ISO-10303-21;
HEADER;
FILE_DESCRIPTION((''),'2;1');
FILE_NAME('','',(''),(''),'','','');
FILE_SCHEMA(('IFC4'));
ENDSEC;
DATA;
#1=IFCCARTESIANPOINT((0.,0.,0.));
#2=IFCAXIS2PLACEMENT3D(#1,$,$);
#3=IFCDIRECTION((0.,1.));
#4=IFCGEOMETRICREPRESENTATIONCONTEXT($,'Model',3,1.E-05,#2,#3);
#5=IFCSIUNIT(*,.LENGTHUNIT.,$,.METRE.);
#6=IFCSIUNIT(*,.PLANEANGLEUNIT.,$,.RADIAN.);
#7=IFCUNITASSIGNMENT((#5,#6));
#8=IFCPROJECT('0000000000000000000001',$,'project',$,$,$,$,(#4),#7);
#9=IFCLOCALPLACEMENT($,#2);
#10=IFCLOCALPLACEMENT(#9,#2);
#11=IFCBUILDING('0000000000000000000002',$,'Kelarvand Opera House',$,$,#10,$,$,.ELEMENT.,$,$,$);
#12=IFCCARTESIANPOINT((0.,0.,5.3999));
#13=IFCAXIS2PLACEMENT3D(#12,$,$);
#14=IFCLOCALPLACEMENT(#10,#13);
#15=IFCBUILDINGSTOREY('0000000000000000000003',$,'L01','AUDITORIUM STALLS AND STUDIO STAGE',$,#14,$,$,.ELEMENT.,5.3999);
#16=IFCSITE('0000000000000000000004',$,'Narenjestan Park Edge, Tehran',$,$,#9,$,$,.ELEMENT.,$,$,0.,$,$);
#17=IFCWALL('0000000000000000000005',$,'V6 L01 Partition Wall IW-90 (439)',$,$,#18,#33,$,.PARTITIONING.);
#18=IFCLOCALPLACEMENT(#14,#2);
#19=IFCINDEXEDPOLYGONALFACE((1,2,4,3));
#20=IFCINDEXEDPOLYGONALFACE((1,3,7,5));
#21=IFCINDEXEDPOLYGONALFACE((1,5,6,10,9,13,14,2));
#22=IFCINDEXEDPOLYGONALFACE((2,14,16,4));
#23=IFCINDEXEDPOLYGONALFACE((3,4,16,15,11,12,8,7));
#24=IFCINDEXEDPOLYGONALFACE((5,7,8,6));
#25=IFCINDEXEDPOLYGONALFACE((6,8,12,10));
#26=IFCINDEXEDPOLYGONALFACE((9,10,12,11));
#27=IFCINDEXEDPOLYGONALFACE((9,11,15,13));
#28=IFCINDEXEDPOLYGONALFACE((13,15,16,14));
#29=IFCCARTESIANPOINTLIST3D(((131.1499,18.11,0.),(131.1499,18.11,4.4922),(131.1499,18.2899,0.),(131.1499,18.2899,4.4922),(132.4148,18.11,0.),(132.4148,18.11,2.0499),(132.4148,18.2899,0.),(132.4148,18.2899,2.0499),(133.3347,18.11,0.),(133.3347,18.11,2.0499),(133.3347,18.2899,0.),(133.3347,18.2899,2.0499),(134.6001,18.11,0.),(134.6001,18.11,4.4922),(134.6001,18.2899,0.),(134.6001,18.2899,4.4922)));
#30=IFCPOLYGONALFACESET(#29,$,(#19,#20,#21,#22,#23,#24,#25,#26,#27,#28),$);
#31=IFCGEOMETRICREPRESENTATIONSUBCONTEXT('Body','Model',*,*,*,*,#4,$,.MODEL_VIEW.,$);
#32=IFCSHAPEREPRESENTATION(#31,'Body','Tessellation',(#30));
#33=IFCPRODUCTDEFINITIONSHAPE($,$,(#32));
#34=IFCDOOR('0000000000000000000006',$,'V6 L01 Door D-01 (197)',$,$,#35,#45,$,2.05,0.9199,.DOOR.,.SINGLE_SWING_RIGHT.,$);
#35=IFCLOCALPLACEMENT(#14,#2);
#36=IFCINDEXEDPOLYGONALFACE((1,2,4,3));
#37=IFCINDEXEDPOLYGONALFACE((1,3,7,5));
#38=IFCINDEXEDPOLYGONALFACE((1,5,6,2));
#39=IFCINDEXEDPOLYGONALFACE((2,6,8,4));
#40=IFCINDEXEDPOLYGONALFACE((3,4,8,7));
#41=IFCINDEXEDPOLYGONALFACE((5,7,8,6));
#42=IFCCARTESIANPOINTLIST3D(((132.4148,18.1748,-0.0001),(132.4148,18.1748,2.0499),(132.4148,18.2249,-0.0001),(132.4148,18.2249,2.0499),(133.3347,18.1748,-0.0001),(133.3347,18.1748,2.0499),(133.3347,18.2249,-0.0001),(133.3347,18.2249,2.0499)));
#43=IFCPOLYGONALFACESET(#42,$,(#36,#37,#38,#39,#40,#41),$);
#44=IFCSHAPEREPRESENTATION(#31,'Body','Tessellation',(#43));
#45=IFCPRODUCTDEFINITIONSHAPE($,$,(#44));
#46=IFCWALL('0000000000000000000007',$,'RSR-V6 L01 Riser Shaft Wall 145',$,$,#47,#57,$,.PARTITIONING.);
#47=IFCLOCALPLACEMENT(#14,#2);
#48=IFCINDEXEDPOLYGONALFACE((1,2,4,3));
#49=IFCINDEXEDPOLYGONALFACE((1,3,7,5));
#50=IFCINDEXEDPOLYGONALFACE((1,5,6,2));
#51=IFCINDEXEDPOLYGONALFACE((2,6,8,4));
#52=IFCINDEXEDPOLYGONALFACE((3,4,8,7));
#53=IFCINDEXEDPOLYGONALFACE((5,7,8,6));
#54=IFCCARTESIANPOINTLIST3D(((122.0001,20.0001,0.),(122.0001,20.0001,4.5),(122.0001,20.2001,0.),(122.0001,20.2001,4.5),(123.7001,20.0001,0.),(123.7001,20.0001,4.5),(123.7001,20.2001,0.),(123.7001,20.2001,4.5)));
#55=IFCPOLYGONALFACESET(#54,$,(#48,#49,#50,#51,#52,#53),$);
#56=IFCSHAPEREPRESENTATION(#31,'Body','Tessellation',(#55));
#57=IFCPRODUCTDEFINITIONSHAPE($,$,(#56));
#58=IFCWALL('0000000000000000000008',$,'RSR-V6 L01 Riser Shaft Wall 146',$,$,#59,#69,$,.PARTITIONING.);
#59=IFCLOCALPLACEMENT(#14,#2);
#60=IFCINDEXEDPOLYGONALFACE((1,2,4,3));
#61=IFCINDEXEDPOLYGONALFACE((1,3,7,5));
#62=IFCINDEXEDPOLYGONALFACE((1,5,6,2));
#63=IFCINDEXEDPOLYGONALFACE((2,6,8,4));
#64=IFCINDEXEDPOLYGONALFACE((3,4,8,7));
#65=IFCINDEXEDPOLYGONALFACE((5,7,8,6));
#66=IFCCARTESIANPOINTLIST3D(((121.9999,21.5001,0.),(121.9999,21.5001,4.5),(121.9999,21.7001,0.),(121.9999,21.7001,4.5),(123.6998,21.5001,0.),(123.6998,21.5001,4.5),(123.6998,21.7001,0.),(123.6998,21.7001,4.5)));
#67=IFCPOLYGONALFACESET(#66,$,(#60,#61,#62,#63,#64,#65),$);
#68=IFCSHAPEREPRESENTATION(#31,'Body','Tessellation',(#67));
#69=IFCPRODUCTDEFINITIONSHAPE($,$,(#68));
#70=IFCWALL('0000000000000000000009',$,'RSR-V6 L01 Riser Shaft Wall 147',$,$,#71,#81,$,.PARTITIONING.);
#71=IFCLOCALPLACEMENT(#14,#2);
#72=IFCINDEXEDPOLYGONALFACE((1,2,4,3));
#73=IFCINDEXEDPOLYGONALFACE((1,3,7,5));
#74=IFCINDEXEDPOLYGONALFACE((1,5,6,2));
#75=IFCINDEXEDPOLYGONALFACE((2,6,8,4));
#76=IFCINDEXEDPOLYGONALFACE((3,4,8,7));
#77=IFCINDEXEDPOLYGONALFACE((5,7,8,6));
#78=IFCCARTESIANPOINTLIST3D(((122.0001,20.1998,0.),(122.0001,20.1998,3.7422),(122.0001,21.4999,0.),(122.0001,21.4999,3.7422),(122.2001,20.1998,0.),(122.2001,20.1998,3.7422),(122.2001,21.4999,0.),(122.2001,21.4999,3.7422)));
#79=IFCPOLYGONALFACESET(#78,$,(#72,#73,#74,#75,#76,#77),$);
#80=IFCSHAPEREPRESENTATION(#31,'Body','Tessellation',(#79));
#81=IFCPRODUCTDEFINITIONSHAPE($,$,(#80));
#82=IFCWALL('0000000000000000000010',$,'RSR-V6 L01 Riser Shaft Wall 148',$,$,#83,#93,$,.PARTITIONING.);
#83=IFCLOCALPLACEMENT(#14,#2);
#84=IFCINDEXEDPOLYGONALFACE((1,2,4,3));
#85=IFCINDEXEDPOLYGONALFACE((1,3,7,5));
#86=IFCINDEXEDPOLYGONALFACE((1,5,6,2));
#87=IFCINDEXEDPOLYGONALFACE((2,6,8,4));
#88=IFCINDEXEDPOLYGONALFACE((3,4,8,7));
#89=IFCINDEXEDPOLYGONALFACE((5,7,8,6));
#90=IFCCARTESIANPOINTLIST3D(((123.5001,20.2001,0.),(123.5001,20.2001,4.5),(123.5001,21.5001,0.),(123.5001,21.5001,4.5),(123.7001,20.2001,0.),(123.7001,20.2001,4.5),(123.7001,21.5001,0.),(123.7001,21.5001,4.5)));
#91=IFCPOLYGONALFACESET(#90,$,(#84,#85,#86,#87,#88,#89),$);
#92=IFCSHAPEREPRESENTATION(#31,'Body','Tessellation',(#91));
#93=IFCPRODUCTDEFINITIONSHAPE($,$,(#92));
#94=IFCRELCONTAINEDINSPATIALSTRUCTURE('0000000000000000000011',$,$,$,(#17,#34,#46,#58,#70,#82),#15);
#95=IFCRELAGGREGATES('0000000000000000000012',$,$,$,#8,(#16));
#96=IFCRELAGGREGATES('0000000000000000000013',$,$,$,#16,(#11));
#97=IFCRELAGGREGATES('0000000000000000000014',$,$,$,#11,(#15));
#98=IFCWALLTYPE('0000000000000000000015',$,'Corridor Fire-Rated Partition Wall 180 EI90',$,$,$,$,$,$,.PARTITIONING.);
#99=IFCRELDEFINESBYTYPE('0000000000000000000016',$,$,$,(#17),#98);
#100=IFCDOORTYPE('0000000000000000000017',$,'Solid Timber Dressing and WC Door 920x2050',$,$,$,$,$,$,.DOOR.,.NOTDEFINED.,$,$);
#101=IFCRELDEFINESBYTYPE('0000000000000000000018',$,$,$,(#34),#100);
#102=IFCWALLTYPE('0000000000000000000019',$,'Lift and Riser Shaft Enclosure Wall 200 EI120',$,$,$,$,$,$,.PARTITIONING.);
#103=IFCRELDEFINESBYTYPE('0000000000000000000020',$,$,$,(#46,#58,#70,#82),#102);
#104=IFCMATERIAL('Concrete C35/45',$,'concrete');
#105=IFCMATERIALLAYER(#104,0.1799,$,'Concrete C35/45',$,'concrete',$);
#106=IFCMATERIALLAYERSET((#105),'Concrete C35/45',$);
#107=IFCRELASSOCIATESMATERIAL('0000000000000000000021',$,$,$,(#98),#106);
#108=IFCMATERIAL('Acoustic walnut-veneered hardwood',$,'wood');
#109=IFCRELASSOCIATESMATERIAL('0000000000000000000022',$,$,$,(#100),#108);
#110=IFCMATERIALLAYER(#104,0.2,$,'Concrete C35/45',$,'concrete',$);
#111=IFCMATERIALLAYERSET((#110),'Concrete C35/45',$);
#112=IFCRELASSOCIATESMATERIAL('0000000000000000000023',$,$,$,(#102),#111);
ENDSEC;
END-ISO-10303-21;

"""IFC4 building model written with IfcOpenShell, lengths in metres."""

from ifc_helpers import new_model, si_unit, direction, frame, frame_2d, origin, place, context, subcontext, project, spatial, rectangle, extrude, material, layer, layer_set, type_object, element, fill, save


model = new_model("IFC4")

# Units and contexts
model_context = context("Model", 3, precision=1e-05, world=origin(), true_north=direction((0.0, 1.0)))
body_context = subcontext(model_context, "Body", "Model", "MODEL_VIEW")
ifc_project = project(units=[si_unit("LENGTHUNIT", "METRE"), si_unit("PLANEANGLEUNIT", "RADIAN")], contexts=[model_context])

# Site, building, storey
site_placement = place(None, origin())
site = spatial("IfcSite", under=ifc_project, at=site_placement, Name="Narenjestan Park Edge, Tehran", CompositionType="ELEMENT", RefElevation=0.0)
building_placement = place(site_placement, origin())
building = spatial("IfcBuilding", under=site, at=building_placement, Name="Kelarvand Opera House", CompositionType="ELEMENT")
storey_placement = place(building_placement, frame((0.0, 0.0, 5.3999)))
storey = spatial("IfcBuildingStorey", under=building, at=storey_placement, Name="L01", Description="AUDITORIUM STALLS AND STUDIO STAGE", CompositionType="ELEMENT", Elevation=5.3999)

# Shared definitions
ifc_material_1 = material(Name="Concrete C35/45", Category="concrete")

# Wall, opening, door
ifc_layer_1 = layer(ifc_material_1, 0.1799, Name="Concrete C35/45", Category="concrete")
ifc_layer_set_1 = layer_set([ifc_layer_1], Name="Concrete C35/45")
wall_type_1 = type_object("IfcWallType", Name="Corridor Fire-Rated Partition Wall 180 EI90", PredefinedType="PARTITIONING", material=ifc_layer_set_1)
ifc_material_2 = material(Name="Acoustic walnut-veneered hardwood", Category="wood")
door_type = type_object("IfcDoorType", Name="Solid Timber Dressing and WC Door 920x2050", OperationType="NOTDEFINED", PredefinedType="DOOR", material=ifc_material_2)
wall_1_placement = place(storey_placement, frame((131.1499, 18.2, 0.0), z_axis=(0.0, 0.0, 1.0), x_axis=(1.0, 0.0, 0.0)))
wall_1 = element("IfcWall", 1, at=wall_1_placement, inside=storey, type_object=wall_type_1, Name="V6 L01 Partition Wall IW-90 (439)", PredefinedType="PARTITIONING", context=body_context, shape_type="SweptSolid", body=[
    extrude(rectangle(XDim=3.4502, YDim=0.1799, at=frame_2d((1.7251, 0.0))), origin(), (0.0, 0.0, 1.0), 4.4922),
])
opening_1_placement = place(wall_1_placement, frame((1.2649, 0.0, 0.0)))
opening_1 = element("IfcOpeningElement", 2, at=opening_1_placement, cuts=wall_1, PredefinedType="OPENING", context=body_context, shape_type="SweptSolid", body=[
    extrude(rectangle(XDim=0.9199, YDim=2.05, at=frame_2d((0.46, 1.0249))), frame((0.0, 0.1001, 0.0), z_axis=(0.0, -1.0, 0.0), x_axis=(1.0, 0.0, 0.0)), (0.0, 0.0, 1.0), 0.2),
])
door_1_placement = place(opening_1_placement, origin())
door_1 = element("IfcDoor", 3, at=door_1_placement, inside=storey, type_object=door_type, Name="V6 L01 Door D-01 (197)", OperationType="SINGLE_SWING_RIGHT", OverallHeight=2.05, OverallWidth=0.9199, PredefinedType="DOOR", context=body_context, shape_type="SweptSolid", body=[
    extrude(rectangle(XDim=0.9199, YDim=2.05, at=frame_2d((0.46, 1.0249))), frame((0.0, 0.0249, 0.0), z_axis=(0.0, -1.0, 0.0), x_axis=(1.0, 0.0, 0.0)), (0.0, 0.0, 1.0), 0.05),
])
fill(opening_1, door_1)

# Walls
ifc_layer_2 = layer(ifc_material_1, 0.2, Name="Concrete C35/45", Category="concrete")
ifc_layer_set_2 = layer_set([ifc_layer_2], Name="Concrete C35/45")
wall_type_2 = type_object("IfcWallType", Name="Lift and Riser Shaft Enclosure Wall 200 EI120", PredefinedType="PARTITIONING", material=ifc_layer_set_2)
for number, where, z_axis, x_axis, name in (
    (4, (122.0, 20.1001, 0.0), (0.0, 0.0, 1.0), (1.0, 0.0, 0.0), "RSR-V6 L01 Riser Shaft Wall 145"),
    (5, (123.7, 21.6001, 0.0), (0.0, 0.0, 1.0), (-1.0, 0.0, 0.0), "RSR-V6 L01 Riser Shaft Wall 146"),
):
    element("IfcWall", number, at=place(storey_placement, frame(where, z_axis=z_axis, x_axis=x_axis)), inside=storey, type_object=wall_type_2, Name=name, PredefinedType="PARTITIONING", context=body_context, shape_type="SweptSolid", body=[
        extrude(rectangle(XDim=1.7, YDim=0.2, at=frame_2d((0.8501, 0.0))), origin(), (0.0, 0.0, 1.0), 4.5),
    ])
wall_2_placement = place(storey_placement, frame((122.1001, 20.2, 0.0), z_axis=(0.0, 0.0, 1.0), x_axis=(0.0, 1.0, 0.0)))
element("IfcWall", 6, at=wall_2_placement, inside=storey, type_object=wall_type_2, Name="RSR-V6 L01 Riser Shaft Wall 147", PredefinedType="PARTITIONING", context=body_context, shape_type="SweptSolid", body=[
    extrude(rectangle(XDim=1.3, YDim=0.2, at=frame_2d((0.6499, 0.0))), origin(), (0.0, 0.0, 1.0), 3.7422),
])
wall_3_placement = place(storey_placement, frame((123.6001, 21.5, 0.0), z_axis=(0.0, 0.0, 1.0), x_axis=(0.0, -1.0, 0.0)))
element("IfcWall", 7, at=wall_3_placement, inside=storey, type_object=wall_type_2, Name="RSR-V6 L01 Riser Shaft Wall 148", PredefinedType="PARTITIONING", context=body_context, shape_type="SweptSolid", body=[
    extrude(rectangle(XDim=1.3, YDim=0.2, at=frame_2d((0.6499, 0.0))), origin(), (0.0, 0.0, 1.0), 4.5),
])

save(model, "model.ifc")
